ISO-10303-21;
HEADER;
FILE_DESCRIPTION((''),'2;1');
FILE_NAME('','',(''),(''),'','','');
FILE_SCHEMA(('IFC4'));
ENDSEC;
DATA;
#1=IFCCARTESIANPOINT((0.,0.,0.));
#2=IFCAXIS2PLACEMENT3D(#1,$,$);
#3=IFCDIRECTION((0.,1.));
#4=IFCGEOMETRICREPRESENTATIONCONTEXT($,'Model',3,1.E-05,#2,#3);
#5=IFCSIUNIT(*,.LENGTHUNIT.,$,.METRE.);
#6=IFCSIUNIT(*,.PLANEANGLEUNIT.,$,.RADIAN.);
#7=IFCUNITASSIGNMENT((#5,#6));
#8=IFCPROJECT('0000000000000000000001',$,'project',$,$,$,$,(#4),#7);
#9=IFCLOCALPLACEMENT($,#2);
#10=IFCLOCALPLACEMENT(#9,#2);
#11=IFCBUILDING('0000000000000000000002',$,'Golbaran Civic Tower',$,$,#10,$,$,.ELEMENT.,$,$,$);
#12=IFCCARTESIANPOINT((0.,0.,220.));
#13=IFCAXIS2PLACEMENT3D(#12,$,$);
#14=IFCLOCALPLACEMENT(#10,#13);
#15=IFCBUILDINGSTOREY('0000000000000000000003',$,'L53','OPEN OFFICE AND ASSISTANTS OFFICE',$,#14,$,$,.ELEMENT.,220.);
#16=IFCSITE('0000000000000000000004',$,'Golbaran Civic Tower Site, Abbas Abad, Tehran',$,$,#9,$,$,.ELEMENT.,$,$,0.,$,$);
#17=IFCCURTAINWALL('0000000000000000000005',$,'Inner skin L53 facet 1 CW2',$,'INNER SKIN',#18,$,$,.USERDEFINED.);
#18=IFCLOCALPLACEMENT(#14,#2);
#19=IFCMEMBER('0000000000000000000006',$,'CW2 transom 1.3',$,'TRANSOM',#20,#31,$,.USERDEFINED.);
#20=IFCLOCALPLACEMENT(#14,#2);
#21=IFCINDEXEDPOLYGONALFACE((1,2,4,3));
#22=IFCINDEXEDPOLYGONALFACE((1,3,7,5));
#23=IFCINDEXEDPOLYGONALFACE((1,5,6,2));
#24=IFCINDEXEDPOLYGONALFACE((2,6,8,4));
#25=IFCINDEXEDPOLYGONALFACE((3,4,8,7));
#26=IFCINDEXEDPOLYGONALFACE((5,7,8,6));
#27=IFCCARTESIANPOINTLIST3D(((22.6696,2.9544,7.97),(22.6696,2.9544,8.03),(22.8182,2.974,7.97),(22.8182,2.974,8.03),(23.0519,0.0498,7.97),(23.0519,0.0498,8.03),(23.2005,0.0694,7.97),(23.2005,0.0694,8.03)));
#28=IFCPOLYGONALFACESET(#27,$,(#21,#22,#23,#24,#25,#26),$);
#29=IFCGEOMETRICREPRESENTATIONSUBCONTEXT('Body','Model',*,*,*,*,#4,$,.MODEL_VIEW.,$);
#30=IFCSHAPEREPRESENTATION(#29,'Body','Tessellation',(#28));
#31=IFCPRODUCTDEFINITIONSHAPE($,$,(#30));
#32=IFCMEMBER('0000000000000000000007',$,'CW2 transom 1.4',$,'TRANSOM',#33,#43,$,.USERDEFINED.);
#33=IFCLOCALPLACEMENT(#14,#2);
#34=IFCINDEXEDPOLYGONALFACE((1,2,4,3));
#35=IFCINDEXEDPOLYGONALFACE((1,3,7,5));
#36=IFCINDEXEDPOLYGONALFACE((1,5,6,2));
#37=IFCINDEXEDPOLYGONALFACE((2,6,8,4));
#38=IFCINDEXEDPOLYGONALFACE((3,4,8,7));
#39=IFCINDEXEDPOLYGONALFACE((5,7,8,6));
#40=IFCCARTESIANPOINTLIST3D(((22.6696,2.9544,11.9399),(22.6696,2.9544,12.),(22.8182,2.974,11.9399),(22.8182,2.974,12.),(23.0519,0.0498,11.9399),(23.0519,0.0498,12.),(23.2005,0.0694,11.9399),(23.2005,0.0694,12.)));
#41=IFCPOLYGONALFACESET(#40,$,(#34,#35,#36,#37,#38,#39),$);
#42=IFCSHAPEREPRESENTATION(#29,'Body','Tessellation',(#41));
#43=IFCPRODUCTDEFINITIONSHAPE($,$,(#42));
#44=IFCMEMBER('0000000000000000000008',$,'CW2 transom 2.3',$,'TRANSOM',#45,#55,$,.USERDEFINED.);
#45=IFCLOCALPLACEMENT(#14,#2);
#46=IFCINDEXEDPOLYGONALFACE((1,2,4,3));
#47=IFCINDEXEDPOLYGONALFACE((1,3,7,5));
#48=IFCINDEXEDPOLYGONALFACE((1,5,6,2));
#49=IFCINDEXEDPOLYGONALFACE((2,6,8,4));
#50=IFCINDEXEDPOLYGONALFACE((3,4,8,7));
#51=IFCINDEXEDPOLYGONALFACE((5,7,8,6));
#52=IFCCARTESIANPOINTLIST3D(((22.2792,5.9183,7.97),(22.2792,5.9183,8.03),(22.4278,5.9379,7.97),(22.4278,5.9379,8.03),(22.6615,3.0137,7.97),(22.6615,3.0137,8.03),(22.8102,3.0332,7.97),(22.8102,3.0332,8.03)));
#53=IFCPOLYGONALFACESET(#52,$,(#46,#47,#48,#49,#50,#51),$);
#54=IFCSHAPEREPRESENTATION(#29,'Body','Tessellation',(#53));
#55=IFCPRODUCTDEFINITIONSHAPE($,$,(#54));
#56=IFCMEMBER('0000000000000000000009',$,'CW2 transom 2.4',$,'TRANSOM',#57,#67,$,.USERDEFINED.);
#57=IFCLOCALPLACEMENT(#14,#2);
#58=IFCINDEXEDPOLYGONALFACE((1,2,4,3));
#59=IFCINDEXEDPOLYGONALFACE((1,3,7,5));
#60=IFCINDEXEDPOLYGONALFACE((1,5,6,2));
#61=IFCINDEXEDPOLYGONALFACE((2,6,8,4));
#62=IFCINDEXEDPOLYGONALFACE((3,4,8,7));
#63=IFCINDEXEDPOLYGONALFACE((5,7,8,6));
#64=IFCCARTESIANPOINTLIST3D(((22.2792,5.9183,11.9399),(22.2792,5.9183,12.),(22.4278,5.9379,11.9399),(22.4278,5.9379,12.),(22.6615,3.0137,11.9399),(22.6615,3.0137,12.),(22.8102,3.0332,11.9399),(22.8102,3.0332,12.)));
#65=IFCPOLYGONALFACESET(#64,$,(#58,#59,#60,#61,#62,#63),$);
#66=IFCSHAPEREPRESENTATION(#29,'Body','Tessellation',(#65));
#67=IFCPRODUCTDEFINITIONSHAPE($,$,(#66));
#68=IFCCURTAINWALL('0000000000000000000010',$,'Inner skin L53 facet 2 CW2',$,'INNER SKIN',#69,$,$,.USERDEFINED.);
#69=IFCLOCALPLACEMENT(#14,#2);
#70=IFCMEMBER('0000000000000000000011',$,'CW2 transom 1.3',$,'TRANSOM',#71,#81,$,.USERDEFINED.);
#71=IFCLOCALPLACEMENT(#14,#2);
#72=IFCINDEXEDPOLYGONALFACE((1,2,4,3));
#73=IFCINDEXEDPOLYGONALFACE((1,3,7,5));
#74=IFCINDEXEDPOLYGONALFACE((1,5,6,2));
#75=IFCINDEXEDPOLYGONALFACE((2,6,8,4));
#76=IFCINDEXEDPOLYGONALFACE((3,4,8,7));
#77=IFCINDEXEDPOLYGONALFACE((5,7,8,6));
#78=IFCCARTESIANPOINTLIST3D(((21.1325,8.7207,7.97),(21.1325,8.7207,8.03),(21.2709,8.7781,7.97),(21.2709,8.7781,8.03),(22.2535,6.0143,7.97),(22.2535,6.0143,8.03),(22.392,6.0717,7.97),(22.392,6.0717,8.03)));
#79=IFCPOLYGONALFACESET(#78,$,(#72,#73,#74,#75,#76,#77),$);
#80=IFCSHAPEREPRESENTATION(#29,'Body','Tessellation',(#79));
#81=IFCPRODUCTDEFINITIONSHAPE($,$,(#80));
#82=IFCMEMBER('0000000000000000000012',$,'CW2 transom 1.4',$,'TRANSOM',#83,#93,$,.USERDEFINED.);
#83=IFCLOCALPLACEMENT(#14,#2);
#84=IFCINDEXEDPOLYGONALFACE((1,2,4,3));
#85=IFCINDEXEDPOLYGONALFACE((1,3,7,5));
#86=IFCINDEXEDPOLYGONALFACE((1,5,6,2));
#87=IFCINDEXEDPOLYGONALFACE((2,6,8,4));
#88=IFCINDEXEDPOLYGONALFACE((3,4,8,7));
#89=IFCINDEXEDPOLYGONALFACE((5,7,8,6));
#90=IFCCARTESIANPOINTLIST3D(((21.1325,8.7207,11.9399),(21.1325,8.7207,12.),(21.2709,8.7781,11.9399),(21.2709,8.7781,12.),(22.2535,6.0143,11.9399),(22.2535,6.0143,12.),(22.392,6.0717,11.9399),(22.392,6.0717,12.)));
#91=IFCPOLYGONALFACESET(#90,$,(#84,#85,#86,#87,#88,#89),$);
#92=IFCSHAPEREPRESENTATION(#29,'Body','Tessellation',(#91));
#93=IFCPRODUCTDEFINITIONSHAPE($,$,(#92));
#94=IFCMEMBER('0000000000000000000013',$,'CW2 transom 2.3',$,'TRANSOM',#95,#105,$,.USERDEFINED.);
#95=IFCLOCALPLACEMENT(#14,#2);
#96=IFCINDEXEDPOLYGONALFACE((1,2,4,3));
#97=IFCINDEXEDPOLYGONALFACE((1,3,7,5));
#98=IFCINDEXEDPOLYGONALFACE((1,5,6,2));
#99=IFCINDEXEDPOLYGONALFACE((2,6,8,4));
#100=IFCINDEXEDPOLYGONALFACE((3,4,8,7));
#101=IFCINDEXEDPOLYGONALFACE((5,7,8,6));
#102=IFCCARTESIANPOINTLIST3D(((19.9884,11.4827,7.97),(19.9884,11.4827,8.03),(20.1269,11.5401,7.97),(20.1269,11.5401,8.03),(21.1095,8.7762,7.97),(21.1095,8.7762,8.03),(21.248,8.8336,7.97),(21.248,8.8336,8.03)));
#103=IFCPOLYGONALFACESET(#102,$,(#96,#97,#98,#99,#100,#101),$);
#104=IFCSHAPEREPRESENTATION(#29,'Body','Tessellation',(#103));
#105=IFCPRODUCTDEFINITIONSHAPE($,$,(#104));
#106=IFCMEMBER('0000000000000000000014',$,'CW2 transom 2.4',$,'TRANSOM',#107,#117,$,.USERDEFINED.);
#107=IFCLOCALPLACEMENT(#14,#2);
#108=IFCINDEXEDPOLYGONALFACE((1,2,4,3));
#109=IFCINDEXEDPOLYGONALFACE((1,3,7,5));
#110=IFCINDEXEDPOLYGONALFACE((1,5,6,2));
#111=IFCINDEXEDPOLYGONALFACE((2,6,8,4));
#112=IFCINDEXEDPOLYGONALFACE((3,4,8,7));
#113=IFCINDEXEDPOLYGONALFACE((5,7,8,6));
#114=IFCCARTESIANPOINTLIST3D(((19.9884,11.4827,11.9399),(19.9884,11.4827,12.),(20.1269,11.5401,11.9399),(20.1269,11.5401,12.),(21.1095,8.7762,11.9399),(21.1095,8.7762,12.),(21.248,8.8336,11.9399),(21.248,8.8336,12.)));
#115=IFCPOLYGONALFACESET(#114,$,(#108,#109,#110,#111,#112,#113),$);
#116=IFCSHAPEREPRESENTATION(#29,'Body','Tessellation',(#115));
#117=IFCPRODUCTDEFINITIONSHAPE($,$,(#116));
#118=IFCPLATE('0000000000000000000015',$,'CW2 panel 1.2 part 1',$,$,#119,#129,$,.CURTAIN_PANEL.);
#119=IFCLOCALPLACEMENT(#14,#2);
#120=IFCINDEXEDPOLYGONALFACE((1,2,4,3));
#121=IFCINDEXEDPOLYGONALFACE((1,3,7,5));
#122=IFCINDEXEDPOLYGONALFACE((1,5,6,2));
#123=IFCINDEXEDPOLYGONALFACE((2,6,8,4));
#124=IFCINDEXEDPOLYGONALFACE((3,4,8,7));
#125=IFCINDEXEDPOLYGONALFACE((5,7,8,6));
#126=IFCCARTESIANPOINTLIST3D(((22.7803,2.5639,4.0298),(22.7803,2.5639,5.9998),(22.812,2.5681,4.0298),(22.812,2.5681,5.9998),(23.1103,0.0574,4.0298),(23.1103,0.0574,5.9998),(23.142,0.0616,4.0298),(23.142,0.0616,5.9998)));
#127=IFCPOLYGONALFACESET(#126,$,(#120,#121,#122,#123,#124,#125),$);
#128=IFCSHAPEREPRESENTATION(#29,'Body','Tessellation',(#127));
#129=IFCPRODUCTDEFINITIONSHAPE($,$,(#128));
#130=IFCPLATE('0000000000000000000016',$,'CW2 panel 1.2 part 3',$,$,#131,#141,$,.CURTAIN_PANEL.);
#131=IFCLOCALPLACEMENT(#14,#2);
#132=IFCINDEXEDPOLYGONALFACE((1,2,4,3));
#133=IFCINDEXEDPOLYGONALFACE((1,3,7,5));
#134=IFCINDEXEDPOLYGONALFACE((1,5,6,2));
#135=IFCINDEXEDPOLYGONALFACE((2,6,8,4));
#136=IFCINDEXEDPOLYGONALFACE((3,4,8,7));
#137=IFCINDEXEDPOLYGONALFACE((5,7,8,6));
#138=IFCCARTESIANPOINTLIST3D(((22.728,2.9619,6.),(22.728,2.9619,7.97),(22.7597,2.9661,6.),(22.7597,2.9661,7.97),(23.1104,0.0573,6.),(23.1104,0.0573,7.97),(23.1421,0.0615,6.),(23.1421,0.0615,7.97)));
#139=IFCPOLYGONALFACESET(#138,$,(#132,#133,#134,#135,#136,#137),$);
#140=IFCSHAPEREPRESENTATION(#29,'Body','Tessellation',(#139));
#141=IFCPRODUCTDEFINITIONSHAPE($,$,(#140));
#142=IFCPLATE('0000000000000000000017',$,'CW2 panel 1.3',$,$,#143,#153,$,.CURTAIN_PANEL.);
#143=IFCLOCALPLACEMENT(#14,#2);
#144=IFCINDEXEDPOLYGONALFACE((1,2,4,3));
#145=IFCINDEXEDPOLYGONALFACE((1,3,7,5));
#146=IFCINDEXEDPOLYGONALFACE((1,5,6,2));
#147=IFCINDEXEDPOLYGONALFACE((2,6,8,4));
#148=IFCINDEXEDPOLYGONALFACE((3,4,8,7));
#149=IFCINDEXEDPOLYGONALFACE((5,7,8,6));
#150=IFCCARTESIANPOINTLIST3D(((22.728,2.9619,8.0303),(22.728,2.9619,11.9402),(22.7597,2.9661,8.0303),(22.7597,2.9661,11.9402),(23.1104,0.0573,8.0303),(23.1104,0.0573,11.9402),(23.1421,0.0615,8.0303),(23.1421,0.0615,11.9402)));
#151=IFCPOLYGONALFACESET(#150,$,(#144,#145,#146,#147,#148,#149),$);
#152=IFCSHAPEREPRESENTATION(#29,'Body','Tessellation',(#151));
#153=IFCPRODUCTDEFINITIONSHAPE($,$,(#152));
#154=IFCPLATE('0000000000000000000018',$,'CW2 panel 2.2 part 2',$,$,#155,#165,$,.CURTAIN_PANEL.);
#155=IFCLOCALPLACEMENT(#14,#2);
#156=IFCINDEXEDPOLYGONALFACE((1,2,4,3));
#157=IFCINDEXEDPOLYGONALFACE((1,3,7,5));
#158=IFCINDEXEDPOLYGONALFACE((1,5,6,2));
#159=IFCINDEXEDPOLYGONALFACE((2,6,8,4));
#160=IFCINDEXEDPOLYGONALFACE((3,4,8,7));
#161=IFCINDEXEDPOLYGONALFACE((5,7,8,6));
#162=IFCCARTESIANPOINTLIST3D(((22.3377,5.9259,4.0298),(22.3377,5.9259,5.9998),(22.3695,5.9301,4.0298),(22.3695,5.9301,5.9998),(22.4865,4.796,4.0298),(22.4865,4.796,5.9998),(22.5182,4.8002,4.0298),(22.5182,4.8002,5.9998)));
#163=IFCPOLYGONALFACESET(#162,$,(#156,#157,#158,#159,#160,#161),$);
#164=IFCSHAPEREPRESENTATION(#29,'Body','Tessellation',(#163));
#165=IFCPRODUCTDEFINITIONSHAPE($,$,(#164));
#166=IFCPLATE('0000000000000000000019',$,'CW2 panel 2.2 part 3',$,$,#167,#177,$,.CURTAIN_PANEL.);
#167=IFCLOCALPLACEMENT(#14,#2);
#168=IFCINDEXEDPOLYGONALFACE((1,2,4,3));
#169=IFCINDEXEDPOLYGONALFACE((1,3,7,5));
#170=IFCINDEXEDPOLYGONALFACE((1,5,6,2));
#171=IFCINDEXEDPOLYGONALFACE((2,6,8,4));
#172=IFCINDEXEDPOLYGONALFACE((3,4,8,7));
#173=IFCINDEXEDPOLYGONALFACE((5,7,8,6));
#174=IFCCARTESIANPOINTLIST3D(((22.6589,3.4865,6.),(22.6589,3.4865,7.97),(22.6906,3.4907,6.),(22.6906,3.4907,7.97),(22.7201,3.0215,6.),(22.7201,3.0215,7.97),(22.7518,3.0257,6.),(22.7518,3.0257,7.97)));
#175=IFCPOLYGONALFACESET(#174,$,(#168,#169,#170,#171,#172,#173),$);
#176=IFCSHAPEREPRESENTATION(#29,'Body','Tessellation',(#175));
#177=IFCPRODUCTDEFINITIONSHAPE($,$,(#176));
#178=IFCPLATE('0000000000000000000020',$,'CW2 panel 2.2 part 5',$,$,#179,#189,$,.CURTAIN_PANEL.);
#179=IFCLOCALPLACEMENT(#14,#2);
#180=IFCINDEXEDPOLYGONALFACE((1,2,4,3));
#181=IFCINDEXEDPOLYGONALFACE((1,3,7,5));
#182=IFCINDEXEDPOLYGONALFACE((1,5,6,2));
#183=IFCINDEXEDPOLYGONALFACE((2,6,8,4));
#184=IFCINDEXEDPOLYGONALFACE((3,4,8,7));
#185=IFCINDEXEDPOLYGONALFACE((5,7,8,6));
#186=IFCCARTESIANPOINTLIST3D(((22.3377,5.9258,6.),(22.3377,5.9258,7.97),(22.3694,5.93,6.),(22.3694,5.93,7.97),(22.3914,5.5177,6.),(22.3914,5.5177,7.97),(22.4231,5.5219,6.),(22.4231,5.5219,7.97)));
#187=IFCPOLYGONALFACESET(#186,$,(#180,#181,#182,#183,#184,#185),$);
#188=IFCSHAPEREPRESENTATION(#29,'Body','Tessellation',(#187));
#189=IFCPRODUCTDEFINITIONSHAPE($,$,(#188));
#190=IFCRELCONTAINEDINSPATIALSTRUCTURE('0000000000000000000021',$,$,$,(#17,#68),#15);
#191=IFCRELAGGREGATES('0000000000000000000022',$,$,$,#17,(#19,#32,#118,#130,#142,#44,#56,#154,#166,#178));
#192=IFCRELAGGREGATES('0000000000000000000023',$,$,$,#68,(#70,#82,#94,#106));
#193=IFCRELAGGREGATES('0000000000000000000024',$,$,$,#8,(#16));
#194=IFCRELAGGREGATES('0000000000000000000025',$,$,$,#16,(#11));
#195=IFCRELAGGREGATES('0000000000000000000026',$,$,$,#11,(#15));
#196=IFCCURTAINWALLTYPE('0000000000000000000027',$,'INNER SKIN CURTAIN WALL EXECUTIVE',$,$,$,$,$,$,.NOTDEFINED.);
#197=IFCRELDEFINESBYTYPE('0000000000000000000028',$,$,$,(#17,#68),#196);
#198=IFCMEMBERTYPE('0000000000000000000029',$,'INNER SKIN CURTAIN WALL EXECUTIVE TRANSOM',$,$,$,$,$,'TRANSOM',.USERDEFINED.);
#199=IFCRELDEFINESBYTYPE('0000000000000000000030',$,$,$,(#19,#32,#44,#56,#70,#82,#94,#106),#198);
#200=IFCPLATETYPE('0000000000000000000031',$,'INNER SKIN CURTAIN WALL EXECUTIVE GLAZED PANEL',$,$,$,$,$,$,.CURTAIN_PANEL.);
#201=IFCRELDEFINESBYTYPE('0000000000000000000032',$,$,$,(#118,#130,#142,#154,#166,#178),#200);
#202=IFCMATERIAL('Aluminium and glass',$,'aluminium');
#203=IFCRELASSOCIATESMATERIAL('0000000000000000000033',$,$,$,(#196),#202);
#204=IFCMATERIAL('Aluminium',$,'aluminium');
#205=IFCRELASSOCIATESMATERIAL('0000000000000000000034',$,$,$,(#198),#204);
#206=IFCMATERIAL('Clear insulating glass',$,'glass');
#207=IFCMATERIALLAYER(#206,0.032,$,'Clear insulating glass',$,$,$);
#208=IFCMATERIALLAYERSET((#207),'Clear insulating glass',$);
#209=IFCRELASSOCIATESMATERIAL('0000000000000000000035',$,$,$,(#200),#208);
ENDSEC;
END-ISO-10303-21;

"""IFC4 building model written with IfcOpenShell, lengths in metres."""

from ifc_helpers import new_model, si_unit, direction, frame, origin, origin_2d, place, context, subcontext, project, spatial, rectangle, extrude, material, layer, layer_set, material_profile, profile_set, type_object, element, aggregate, save


model = new_model("IFC4")

# Units and contexts
model_context = context("Model", 3, precision=1e-05, world=origin(), true_north=direction((0.0, 1.0)))
body_context = subcontext(model_context, "Body", "Model", "MODEL_VIEW")
ifc_project = project(units=[si_unit("LENGTHUNIT", "METRE"), si_unit("PLANEANGLEUNIT", "RADIAN")], contexts=[model_context])

# Site, building, storey
site_placement = place(None, origin())
site = spatial("IfcSite", under=ifc_project, at=site_placement, Name="Golbaran Civic Tower Site, Abbas Abad, Tehran", CompositionType="ELEMENT", RefElevation=0.0)
building_placement = place(site_placement, origin())
building = spatial("IfcBuilding", under=site, at=building_placement, Name="Golbaran Civic Tower", CompositionType="ELEMENT")
storey_placement = place(building_placement, frame((0.0, 0.0, 220.0)))
storey = spatial("IfcBuildingStorey", under=building, at=storey_placement, Name="L53", Description="OPEN OFFICE AND ASSISTANTS OFFICE", CompositionType="ELEMENT", Elevation=220.0)

# Curtain walls, members
ifc_material_1 = material(Name="Aluminium and glass", Category="aluminium")
curtain_wall_type = type_object("IfcCurtainWallType", Name="INNER SKIN CURTAIN WALL EXECUTIVE", PredefinedType="NOTDEFINED", material=ifc_material_1)
curtain_wall_1_placement = place(storey_placement, origin())
curtain_wall_1 = element("IfcCurtainWall", 1, at=curtain_wall_1_placement, inside=storey, type_object=curtain_wall_type, Name="Inner skin L53 facet 1 CW2", ObjectType="INNER SKIN", PredefinedType="USERDEFINED")
ifc_material_2 = material(Name="Aluminium", Category="aluminium")
ifc_material_profile = material_profile(ifc_material_2, rectangle(XDim=0.1499, YDim=0.0601, at=origin_2d()), Name="INNER SKIN CURTAIN WALL EXECUTIVE TRANSOM")
ifc_profile_set = profile_set([ifc_material_profile], Name="Aluminium")
member_type = type_object("IfcMemberType", Name="INNER SKIN CURTAIN WALL EXECUTIVE TRANSOM", ElementType="TRANSOM", PredefinedType="USERDEFINED", material=ifc_profile_set)
member_1_placement = place(storey_placement, frame((23.1262, 0.0596, 8.0), z_axis=(-0.130504, 0.991448, 0.0), x_axis=(-0.991448, -0.130504, 0.0)))
member_1 = element("IfcMember", 2, at=member_1_placement, type_object=member_type, Name="CW2 transom 1.3", ObjectType="TRANSOM", PredefinedType="USERDEFINED", context=body_context, shape_type="SweptSolid", body=[
    extrude(rectangle(XDim=0.1499, YDim=0.0601, at=origin_2d()), origin(), (0.0, 0.0, 1.0), 2.9297),
])
member_2_placement = place(storey_placement, frame((23.1262, 0.0596, 11.97), z_axis=(-0.130504, 0.991448, 0.0), x_axis=(-0.991448, -0.130504, 0.0)))
member_2 = element("IfcMember", 3, at=member_2_placement, type_object=member_type, Name="CW2 transom 1.4", ObjectType="TRANSOM", PredefinedType="USERDEFINED", context=body_context, shape_type="SweptSolid", body=[
    extrude(rectangle(XDim=0.1499, YDim=0.0601, at=origin_2d()), origin(), (0.0, 0.0, 1.0), 2.9297),
])
member_3_placement = place(storey_placement, frame((22.7358, 3.0234, 8.0), z_axis=(-0.130504, 0.991448, 0.0), x_axis=(-0.991448, -0.130504, 0.0)))
member_3 = element("IfcMember", 4, at=member_3_placement, type_object=member_type, Name="CW2 transom 2.3", ObjectType="TRANSOM", PredefinedType="USERDEFINED", context=body_context, shape_type="SweptSolid", body=[
    extrude(rectangle(XDim=0.1499, YDim=0.0601, at=origin_2d()), origin(), (0.0, 0.0, 1.0), 2.9297),
])
member_4_placement = place(storey_placement, frame((22.7358, 3.0234, 11.97), z_axis=(-0.130504, 0.991448, 0.0), x_axis=(-0.991448, -0.130504, 0.0)))
member_4 = element("IfcMember", 5, at=member_4_placement, type_object=member_type, Name="CW2 transom 2.4", ObjectType="TRANSOM", PredefinedType="USERDEFINED", context=body_context, shape_type="SweptSolid", body=[
    extrude(rectangle(XDim=0.1499, YDim=0.0601, at=origin_2d()), origin(), (0.0, 0.0, 1.0), 2.9297),
])
curtain_wall_2_placement = place(storey_placement, origin())
curtain_wall_2 = element("IfcCurtainWall", 6, at=curtain_wall_2_placement, inside=storey, type_object=curtain_wall_type, Name="Inner skin L53 facet 2 CW2", ObjectType="INNER SKIN", PredefinedType="USERDEFINED")
member_5_placement = place(storey_placement, frame((22.3228, 6.043, 8.0), z_axis=(-0.382685, 0.923879, 0.0), x_axis=(-0.923879, -0.382685, 0.0)))
member_5 = element("IfcMember", 7, at=member_5_placement, type_object=member_type, Name="CW2 transom 1.3", ObjectType="TRANSOM", PredefinedType="USERDEFINED", context=body_context, shape_type="SweptSolid", body=[
    extrude(rectangle(XDim=0.1499, YDim=0.0601, at=origin_2d()), origin(), (0.0, 0.0, 1.0), 2.9294),
])
member_6_placement = place(storey_placement, frame((22.3228, 6.043, 11.97), z_axis=(-0.382685, 0.923879, 0.0), x_axis=(-0.923879, -0.382685, 0.0)))
member_6 = element("IfcMember", 8, at=member_6_placement, type_object=member_type, Name="CW2 transom 1.4", ObjectType="TRANSOM", PredefinedType="USERDEFINED", context=body_context, shape_type="SweptSolid", body=[
    extrude(rectangle(XDim=0.1499, YDim=0.0601, at=origin_2d()), origin(), (0.0, 0.0, 1.0), 2.9294),
])
member_7_placement = place(storey_placement, frame((21.1787, 8.8049, 8.0), z_axis=(-0.382685, 0.923879, 0.0), x_axis=(-0.923879, -0.382685, 0.0)))
member_7 = element("IfcMember", 9, at=member_7_placement, type_object=member_type, Name="CW2 transom 2.3", ObjectType="TRANSOM", PredefinedType="USERDEFINED", context=body_context, shape_type="SweptSolid", body=[
    extrude(rectangle(XDim=0.1499, YDim=0.0601, at=origin_2d()), origin(), (0.0, 0.0, 1.0), 2.9294),
])
member_8_placement = place(storey_placement, frame((21.1787, 8.8049, 11.97), z_axis=(-0.382685, 0.923879, 0.0), x_axis=(-0.923879, -0.382685, 0.0)))
member_8 = element("IfcMember", 10, at=member_8_placement, type_object=member_type, Name="CW2 transom 2.4", ObjectType="TRANSOM", PredefinedType="USERDEFINED", context=body_context, shape_type="SweptSolid", body=[
    extrude(rectangle(XDim=0.1499, YDim=0.0601, at=origin_2d()), origin(), (0.0, 0.0, 1.0), 2.9294),
])

# Plates
ifc_material_3 = material(Name="Clear insulating glass", Category="glass")
ifc_layer_1 = layer(ifc_material_3, 0.032, Name="Clear insulating glass")
ifc_layer_set_1 = layer_set([ifc_layer_1], Name="Clear insulating glass")
plate_type_1 = type_object("IfcPlateType", Name="INNER SKIN CURTAIN WALL EXECUTIVE GLAZED PANEL", PredefinedType="CURTAIN_PANEL", material=ifc_layer_set_1)
plate_1_placement = place(storey_placement, frame((22.9612, 1.3127, 4.0298), z_axis=(0.0, 0.0, 1.0), x_axis=(-0.130526, 0.991445, 0.0)))
plate_1 = element("IfcPlate", 11, at=plate_1_placement, type_object=plate_type_1, Name="CW2 panel 1.2 part 1", PredefinedType="CURTAIN_PANEL", context=body_context, shape_type="SweptSolid", body=[
    extrude(rectangle(XDim=2.5281, YDim=0.032, at=origin_2d()), origin(), (0.0, 0.0, 1.0), 1.97),
])
plate_2_placement = place(storey_placement, frame((22.9351, 1.5117, 6.0), z_axis=(0.0, 0.0, 1.0), x_axis=(-0.130526, 0.991445, 0.0)))
plate_2 = element("IfcPlate", 12, at=plate_2_placement, type_object=plate_type_1, Name="CW2 panel 1.2 part 3", PredefinedType="CURTAIN_PANEL", context=body_context, shape_type="SweptSolid", body=[
    extrude(rectangle(XDim=2.9297, YDim=0.032, at=origin_2d()), origin(), (0.0, 0.0, 1.0), 1.97),
])
plate_3_placement = place(storey_placement, frame((22.9351, 1.5117, 8.0303), z_axis=(0.0, 0.0, 1.0), x_axis=(-0.130526, 0.991445, 0.0)))
plate_3 = element("IfcPlate", 13, at=plate_3_placement, type_object=plate_type_1, Name="CW2 panel 1.3", PredefinedType="CURTAIN_PANEL", context=body_context, shape_type="SweptSolid", body=[
    extrude(rectangle(XDim=2.9297, YDim=0.032, at=origin_2d()), origin(), (0.0, 0.0, 1.0), 3.9099),
])
plate_4_placement = place(storey_placement, frame((22.428, 5.363, 4.0298), z_axis=(0.0, 0.0, 1.0), x_axis=(-0.130526, 0.991445, 0.0)))
plate_4 = element("IfcPlate", 14, at=plate_4_placement, type_object=plate_type_1, Name="CW2 panel 2.2 part 2", PredefinedType="CURTAIN_PANEL", context=body_context, shape_type="SweptSolid", body=[
    extrude(rectangle(XDim=1.1396, YDim=0.032, at=origin_2d()), origin(), (0.0, 0.0, 1.0), 1.97),
])
plate_5_placement = place(storey_placement, frame((22.7053, 3.2561, 6.0), z_axis=(0.0, 0.0, 1.0), x_axis=(-0.130526, 0.991445, 0.0)))
plate_5 = element("IfcPlate", 15, at=plate_5_placement, type_object=plate_type_1, Name="CW2 panel 2.2 part 3", PredefinedType="CURTAIN_PANEL", context=body_context, shape_type="SweptSolid", body=[
    extrude(rectangle(XDim=0.469, YDim=0.032, at=origin_2d()), origin(), (0.0, 0.0, 1.0), 1.97),
])
plate_6_placement = place(storey_placement, frame((22.3804, 5.7239, 6.0), z_axis=(0.0, 0.0, 1.0), x_axis=(-0.130526, 0.991445, 0.0)))
plate_6 = element("IfcPlate", 16, at=plate_6_placement, type_object=plate_type_1, Name="CW2 panel 2.2 part 5", PredefinedType="CURTAIN_PANEL", context=body_context, shape_type="SweptSolid", body=[
    extrude(rectangle(XDim=0.4116, YDim=0.032, at=origin_2d()), origin(), (0.0, 0.0, 1.0), 1.97),
])
aggregate(curtain_wall_1, [member_1, member_2, plate_1, plate_2, plate_3, member_3, member_4, plate_4, plate_5, plate_6])
aggregate(curtain_wall_2, [member_5, member_6, member_7, member_8])

save(model, "model.ifc")
